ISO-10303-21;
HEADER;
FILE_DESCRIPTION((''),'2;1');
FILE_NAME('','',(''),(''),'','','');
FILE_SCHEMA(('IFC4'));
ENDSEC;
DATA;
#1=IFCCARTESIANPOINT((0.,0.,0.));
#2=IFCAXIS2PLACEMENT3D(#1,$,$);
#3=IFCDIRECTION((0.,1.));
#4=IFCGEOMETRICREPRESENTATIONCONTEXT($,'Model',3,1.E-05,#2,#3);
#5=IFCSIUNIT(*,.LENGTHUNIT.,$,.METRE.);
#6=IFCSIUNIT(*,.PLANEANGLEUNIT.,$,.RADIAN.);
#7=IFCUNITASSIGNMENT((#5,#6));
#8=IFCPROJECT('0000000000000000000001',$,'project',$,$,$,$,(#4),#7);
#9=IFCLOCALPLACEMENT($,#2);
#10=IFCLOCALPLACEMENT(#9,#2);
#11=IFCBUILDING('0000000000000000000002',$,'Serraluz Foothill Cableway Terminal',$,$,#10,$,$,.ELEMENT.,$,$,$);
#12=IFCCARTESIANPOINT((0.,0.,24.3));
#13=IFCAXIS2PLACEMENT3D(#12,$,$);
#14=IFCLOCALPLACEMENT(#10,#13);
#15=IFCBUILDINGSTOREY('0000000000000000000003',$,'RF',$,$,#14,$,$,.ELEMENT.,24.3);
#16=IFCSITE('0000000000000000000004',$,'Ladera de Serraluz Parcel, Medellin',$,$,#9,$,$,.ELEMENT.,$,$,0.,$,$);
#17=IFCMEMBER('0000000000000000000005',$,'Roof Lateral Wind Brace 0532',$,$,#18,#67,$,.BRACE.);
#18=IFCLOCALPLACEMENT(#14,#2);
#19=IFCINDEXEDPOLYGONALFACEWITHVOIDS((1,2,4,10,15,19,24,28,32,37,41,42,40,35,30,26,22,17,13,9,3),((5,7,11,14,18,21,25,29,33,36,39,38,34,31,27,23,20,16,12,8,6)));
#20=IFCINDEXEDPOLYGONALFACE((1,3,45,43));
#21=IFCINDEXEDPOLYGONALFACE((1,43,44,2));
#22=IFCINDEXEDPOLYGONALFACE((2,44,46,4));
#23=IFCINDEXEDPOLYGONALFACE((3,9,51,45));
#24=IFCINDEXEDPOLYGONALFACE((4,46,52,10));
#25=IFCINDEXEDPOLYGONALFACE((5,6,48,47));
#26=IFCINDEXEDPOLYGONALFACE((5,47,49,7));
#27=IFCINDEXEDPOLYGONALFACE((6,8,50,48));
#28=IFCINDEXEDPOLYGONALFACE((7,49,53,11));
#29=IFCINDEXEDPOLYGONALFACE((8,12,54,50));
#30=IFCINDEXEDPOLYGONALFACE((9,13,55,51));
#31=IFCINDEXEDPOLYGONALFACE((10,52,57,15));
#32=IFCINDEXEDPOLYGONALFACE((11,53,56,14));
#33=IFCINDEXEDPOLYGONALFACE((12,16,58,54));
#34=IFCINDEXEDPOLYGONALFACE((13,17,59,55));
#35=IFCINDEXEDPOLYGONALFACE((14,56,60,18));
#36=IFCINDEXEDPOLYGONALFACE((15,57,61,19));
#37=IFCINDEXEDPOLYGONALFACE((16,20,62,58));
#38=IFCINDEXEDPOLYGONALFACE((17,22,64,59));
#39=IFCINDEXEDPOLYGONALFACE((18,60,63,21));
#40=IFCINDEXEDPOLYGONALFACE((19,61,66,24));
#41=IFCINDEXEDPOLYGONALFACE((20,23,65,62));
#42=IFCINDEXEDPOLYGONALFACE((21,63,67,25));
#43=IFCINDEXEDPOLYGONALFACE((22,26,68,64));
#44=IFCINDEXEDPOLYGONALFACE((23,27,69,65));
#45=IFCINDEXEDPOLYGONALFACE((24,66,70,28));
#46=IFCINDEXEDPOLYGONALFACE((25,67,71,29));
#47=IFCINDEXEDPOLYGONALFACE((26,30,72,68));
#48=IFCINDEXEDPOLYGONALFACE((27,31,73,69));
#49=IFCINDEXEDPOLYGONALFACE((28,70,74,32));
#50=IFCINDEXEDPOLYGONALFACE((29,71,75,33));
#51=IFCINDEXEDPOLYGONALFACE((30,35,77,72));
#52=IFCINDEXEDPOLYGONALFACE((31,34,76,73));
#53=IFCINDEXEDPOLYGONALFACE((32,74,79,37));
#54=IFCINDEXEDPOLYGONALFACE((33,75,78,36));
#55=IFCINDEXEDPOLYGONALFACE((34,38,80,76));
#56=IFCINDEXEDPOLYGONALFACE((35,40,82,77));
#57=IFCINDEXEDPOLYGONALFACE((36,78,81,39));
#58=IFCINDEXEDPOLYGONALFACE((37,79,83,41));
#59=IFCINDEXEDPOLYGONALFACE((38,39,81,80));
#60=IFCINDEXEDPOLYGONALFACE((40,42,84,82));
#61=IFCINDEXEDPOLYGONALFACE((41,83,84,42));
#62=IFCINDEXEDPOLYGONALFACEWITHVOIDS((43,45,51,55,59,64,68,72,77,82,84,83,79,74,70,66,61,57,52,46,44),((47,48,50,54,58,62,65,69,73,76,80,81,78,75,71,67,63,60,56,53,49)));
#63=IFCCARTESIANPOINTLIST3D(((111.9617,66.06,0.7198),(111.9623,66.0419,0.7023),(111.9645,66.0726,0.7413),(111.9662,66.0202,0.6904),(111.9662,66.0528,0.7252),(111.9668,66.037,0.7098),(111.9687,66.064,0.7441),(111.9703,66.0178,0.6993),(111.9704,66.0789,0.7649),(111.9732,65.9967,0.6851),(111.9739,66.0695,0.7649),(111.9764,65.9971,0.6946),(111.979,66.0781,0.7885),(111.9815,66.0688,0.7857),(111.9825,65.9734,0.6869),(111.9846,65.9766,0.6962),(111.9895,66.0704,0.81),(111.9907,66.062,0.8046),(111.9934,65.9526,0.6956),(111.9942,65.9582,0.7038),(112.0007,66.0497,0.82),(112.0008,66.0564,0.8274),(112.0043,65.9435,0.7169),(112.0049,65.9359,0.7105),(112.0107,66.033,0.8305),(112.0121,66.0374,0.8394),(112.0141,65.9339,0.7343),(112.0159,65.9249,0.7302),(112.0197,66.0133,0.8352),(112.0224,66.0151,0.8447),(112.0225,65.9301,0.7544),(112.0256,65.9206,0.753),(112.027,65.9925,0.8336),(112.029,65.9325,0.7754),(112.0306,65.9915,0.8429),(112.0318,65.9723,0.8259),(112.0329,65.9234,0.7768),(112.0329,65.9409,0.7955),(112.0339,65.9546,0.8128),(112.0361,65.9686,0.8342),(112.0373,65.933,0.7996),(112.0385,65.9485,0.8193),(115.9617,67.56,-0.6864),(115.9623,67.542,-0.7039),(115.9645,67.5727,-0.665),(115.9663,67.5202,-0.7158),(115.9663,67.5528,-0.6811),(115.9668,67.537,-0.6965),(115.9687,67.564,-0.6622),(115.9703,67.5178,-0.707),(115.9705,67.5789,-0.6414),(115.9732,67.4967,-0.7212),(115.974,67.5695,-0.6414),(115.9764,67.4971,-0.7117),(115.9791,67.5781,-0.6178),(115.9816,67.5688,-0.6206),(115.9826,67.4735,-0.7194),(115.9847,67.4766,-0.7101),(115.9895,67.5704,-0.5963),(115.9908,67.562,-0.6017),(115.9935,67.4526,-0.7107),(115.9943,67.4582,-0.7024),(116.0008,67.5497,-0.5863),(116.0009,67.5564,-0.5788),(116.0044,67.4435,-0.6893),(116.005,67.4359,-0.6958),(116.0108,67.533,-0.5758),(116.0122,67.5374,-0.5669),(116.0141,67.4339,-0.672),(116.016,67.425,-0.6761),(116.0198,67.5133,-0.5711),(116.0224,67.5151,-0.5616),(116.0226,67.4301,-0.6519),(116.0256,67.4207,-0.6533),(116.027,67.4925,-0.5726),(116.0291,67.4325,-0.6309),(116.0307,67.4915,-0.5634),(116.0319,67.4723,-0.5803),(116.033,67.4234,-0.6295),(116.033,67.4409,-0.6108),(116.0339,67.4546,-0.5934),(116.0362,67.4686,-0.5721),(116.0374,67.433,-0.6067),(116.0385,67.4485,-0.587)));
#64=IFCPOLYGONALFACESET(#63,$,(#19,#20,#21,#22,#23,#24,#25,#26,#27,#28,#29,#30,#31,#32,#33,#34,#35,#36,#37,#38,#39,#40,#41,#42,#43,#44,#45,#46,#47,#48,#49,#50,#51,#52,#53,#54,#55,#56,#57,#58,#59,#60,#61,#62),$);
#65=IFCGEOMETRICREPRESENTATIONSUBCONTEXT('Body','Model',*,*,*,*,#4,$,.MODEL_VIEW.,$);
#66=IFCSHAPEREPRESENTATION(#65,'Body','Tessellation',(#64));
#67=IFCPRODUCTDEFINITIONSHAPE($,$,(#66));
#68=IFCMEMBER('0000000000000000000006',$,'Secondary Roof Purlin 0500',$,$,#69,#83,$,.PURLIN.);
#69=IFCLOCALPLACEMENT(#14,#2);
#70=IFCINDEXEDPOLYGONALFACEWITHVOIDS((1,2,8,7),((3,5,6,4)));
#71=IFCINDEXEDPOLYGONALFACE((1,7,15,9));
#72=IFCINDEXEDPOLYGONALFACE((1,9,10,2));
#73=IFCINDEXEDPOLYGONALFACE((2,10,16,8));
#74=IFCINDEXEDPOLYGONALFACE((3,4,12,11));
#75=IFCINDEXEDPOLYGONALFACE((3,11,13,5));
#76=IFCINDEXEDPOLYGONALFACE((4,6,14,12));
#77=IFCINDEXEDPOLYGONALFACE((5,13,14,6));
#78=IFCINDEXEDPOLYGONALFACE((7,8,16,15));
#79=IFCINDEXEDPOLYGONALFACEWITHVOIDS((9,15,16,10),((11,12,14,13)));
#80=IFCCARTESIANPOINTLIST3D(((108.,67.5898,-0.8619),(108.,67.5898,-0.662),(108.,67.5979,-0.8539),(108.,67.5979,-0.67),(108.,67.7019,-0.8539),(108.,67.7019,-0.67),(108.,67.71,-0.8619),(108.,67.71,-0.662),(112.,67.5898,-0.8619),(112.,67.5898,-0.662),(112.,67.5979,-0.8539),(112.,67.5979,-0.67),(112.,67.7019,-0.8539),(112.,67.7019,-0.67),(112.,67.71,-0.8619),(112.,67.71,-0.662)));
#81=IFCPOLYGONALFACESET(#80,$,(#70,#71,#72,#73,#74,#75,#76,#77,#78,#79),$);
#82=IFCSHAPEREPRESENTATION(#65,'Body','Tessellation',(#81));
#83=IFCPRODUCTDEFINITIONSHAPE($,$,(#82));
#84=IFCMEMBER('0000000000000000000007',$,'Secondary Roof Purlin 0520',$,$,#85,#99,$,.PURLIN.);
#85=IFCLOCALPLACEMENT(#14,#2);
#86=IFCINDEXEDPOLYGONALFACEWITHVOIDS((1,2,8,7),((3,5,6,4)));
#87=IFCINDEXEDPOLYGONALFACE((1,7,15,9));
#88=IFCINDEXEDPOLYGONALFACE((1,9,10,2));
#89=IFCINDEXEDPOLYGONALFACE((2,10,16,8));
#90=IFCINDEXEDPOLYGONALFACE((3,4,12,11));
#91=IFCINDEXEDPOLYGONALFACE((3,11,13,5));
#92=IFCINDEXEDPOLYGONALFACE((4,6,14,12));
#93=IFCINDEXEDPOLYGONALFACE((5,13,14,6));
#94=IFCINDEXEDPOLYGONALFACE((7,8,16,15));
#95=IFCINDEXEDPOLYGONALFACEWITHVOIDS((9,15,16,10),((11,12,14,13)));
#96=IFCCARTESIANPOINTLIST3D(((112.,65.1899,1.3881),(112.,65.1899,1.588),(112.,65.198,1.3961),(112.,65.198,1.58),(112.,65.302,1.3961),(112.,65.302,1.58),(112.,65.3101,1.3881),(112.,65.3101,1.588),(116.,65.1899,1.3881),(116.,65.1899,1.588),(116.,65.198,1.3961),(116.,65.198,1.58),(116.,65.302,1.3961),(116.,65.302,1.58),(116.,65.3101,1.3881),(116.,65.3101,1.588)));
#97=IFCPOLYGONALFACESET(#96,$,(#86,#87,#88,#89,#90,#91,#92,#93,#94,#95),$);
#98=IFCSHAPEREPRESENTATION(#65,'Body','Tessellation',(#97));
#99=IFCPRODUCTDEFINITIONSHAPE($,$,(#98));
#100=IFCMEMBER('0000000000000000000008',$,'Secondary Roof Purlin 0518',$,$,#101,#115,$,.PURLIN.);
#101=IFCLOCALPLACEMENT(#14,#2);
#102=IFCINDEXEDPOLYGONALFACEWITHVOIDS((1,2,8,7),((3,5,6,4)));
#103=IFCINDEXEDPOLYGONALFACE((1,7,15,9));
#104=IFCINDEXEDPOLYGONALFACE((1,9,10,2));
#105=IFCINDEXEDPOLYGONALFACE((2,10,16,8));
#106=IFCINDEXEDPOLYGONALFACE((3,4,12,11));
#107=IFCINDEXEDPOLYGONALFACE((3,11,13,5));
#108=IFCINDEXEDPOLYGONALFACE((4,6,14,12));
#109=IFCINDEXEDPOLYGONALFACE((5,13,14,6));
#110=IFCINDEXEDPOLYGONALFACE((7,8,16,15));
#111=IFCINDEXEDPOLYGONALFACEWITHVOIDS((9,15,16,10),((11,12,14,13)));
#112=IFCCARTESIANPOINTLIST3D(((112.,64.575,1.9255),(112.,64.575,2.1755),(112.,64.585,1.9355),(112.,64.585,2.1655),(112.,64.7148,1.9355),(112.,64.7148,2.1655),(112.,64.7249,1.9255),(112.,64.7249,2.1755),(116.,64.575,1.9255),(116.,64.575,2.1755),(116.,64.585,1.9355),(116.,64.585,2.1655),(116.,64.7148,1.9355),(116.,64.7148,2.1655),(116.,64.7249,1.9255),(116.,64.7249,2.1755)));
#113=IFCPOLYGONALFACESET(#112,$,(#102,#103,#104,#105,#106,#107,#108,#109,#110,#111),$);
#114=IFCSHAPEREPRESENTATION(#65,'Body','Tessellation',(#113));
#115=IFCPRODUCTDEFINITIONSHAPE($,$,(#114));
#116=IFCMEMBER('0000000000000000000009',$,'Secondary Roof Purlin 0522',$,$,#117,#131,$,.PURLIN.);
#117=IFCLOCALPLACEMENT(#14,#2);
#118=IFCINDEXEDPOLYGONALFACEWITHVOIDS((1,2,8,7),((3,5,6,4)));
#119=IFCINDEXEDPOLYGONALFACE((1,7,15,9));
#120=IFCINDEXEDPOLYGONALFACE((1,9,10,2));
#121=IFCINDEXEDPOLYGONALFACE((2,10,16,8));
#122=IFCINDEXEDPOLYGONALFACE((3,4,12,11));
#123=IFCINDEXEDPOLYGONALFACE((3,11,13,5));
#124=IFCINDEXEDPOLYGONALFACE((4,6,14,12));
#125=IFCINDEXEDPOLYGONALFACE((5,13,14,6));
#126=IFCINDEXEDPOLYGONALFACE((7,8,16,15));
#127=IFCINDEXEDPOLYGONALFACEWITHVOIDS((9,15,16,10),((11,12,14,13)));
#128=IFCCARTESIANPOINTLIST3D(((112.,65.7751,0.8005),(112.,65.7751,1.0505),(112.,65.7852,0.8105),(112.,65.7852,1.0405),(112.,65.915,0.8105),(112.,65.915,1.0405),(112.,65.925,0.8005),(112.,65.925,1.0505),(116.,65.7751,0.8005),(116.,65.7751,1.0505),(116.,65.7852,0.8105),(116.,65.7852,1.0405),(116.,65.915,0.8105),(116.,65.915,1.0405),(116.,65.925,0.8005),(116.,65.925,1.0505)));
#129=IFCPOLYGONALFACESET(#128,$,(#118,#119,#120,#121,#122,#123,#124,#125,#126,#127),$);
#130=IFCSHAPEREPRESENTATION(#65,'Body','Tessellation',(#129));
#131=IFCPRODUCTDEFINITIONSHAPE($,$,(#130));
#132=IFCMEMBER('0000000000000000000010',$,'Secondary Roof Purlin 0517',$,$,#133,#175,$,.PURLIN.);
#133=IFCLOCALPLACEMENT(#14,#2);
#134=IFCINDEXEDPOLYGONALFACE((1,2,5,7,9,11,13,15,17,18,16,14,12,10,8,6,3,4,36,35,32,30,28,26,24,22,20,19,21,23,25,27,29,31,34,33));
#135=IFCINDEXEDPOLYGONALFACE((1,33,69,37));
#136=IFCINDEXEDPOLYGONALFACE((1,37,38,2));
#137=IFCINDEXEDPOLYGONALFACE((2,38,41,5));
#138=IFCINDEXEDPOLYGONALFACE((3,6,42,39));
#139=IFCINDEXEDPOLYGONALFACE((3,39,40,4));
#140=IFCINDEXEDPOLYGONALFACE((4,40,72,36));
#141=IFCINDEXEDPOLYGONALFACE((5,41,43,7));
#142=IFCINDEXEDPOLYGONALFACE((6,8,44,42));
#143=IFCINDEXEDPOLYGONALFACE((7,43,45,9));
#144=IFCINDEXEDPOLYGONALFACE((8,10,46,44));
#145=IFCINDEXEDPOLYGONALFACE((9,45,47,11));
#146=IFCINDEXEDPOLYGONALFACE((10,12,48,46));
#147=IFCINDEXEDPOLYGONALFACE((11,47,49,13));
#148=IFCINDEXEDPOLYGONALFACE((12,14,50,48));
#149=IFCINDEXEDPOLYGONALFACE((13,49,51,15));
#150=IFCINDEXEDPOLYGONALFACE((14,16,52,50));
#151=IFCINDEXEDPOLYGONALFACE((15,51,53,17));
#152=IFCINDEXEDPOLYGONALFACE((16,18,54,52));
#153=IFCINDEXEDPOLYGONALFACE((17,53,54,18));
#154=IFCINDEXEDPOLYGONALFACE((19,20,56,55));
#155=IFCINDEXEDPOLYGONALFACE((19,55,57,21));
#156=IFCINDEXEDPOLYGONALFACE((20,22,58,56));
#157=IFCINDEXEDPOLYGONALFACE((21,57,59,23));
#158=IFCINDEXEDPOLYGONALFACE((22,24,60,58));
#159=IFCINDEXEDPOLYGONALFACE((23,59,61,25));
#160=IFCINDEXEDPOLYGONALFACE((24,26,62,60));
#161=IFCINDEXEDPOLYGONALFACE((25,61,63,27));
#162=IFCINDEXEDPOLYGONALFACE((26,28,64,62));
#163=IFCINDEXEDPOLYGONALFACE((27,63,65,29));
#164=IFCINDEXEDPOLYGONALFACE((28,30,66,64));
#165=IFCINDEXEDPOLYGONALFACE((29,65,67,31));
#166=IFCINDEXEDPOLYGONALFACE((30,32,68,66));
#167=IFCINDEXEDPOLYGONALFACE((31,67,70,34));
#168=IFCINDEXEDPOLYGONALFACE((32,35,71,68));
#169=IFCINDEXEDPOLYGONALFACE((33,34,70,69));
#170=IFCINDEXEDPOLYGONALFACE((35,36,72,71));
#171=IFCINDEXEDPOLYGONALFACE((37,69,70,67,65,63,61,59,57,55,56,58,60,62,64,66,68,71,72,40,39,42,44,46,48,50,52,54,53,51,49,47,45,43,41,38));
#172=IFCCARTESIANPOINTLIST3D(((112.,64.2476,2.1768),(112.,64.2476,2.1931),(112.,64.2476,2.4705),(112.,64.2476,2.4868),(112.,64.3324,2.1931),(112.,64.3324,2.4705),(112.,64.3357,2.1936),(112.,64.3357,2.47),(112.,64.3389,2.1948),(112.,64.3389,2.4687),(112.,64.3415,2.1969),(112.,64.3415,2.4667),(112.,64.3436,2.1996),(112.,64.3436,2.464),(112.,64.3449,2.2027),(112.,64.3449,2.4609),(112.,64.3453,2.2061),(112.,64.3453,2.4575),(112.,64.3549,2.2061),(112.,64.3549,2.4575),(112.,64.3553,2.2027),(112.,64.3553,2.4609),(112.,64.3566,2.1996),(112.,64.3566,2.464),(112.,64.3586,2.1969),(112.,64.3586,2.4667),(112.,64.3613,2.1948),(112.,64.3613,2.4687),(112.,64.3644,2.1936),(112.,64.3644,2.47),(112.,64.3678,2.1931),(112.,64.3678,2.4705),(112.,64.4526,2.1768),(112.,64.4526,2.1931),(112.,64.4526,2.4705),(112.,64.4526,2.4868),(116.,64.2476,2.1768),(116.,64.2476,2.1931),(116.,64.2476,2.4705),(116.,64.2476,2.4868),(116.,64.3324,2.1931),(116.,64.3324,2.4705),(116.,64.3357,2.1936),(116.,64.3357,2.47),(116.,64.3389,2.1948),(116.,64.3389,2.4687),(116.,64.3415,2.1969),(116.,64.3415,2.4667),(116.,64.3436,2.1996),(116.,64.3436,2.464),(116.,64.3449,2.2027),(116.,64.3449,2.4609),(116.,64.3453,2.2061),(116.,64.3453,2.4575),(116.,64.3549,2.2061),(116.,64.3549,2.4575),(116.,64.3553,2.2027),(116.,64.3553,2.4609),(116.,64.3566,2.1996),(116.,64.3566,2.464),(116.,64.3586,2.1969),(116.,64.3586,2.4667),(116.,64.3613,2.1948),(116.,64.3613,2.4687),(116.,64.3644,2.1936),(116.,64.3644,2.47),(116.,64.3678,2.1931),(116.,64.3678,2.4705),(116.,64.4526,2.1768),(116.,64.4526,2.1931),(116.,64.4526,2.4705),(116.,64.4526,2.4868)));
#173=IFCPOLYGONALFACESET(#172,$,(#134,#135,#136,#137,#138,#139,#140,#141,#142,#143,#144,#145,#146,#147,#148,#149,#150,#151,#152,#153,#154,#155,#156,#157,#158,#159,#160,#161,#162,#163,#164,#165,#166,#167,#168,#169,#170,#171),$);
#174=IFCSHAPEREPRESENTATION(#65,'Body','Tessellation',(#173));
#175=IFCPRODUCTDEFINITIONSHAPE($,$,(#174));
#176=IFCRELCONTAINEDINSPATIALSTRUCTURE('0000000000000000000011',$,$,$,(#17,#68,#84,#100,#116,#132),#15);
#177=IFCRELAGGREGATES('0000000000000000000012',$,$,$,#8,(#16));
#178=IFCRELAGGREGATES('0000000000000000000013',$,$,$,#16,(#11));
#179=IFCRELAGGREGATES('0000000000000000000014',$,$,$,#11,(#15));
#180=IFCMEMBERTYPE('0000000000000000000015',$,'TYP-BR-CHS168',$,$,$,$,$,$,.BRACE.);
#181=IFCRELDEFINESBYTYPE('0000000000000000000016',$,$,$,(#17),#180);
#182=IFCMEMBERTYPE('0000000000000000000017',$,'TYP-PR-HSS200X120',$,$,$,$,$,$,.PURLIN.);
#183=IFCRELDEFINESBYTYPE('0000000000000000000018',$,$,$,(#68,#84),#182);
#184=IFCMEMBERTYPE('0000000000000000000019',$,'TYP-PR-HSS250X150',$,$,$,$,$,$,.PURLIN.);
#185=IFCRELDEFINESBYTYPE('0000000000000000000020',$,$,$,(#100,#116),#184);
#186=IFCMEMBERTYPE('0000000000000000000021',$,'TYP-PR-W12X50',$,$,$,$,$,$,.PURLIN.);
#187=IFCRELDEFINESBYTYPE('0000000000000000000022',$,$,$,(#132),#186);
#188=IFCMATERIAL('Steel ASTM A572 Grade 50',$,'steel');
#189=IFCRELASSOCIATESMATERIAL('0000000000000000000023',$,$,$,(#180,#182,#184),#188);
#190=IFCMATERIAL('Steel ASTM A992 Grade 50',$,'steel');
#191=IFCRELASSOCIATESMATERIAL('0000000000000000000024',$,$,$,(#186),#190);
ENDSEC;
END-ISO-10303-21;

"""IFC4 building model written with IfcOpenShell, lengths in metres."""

from ifc_helpers import new_model, si_unit, direction, frame, origin, origin_2d, place, context, subcontext, project, spatial, hollow_rectangle, hollow_circle, i_section, extrude, material, material_profile, profile_set, type_object, element, save


model = new_model("IFC4")

# Units and contexts
model_context = context("Model", 3, precision=1e-05, world=origin(), true_north=direction((0.0, 1.0)))
body_context = subcontext(model_context, "Body", "Model", "MODEL_VIEW")
ifc_project = project(units=[si_unit("LENGTHUNIT", "METRE"), si_unit("PLANEANGLEUNIT", "RADIAN")], contexts=[model_context])

# Site, building, storey
site_placement = place(None, origin())
site = spatial("IfcSite", under=ifc_project, at=site_placement, Name="Ladera de Serraluz Parcel, Medellin", CompositionType="ELEMENT", RefElevation=0.0)
building_placement = place(site_placement, origin())
building = spatial("IfcBuilding", under=site, at=building_placement, Name="Serraluz Foothill Cableway Terminal", CompositionType="ELEMENT")
storey_placement = place(building_placement, frame((0.0, 0.0, 24.3)))
storey = spatial("IfcBuildingStorey", under=building, at=storey_placement, Name="RF", CompositionType="ELEMENT", Elevation=24.3)

# Members
ifc_material_1 = material(Name="Steel ASTM A572 Grade 50", Category="steel")
ifc_material_profile_1 = material_profile(ifc_material_1, hollow_circle(Radius=0.0842, WallThickness=0.01, at=origin_2d()), Name="CHS168X10")
ifc_profile_set_1 = profile_set([ifc_material_profile_1], Name="Steel ASTM A572 Grade 50")
member_type_1 = type_object("IfcMemberType", Name="TYP-BR-CHS168", PredefinedType="BRACE", material=ifc_profile_set_1)
for number, where, z_axis, x_axis, name in (
    (1, (112.0, 66.0, 0.7649), (0.889382, 0.333518, -0.312673), (-0.351123, 0.936329, 0.0), "Roof Lateral Wind Brace 0532"),
):
    element("IfcMember", number, at=place(storey_placement, frame(where, z_axis=z_axis, x_axis=x_axis)), inside=storey, type_object=member_type_1, Name=name, PredefinedType="BRACE", context=body_context, shape_type="SweptSolid", body=[
        extrude(hollow_circle(Radius=0.0842, WallThickness=0.01, at=origin_2d()), origin(), (0.0, 0.0, 1.0), 4.4976),
    ])
ifc_material_profile_2 = material_profile(ifc_material_1, hollow_rectangle(XDim=0.1201, YDim=0.2, WallThickness=0.0081, at=origin_2d()), Name="HSS200X120X8")
ifc_profile_set_2 = profile_set([ifc_material_profile_2], Name="Steel ASTM A572 Grade 50")
member_type_2 = type_object("IfcMemberType", Name="TYP-PR-HSS200X120", PredefinedType="PURLIN", material=ifc_profile_set_2)
for number, where, z_axis, x_axis, name in (
    (2, (108.0, 67.6499, -0.762), (1.0, 0.0, 0.0), (0.0, 1.0, 0.0), "Secondary Roof Purlin 0500"),
    (3, (112.0, 65.25, 1.488), (1.0, 0.0, 0.0), (0.0, 1.0, 0.0), "Secondary Roof Purlin 0520"),
):
    element("IfcMember", number, at=place(storey_placement, frame(where, z_axis=z_axis, x_axis=x_axis)), inside=storey, type_object=member_type_2, Name=name, PredefinedType="PURLIN", context=body_context, shape_type="SweptSolid", body=[
        extrude(hollow_rectangle(XDim=0.1201, YDim=0.2, WallThickness=0.0081, at=origin_2d()), origin(), (0.0, 0.0, 1.0), 4.0),
    ])
ifc_material_profile_3 = material_profile(ifc_material_1, hollow_rectangle(XDim=0.1499, YDim=0.25, WallThickness=0.01, at=origin_2d()), Name="HSS250X150X10")
ifc_profile_set_3 = profile_set([ifc_material_profile_3], Name="Steel ASTM A572 Grade 50")
member_type_3 = type_object("IfcMemberType", Name="TYP-PR-HSS250X150", PredefinedType="PURLIN", material=ifc_profile_set_3)
for number, where, z_axis, x_axis, name in (
    (4, (112.0, 64.6499, 2.0505), (1.0, 0.0, 0.0), (0.0, 1.0, 0.0), "Secondary Roof Purlin 0518"),
    (5, (112.0, 65.8501, 0.9255), (1.0, 0.0, 0.0), (0.0, 1.0, 0.0), "Secondary Roof Purlin 0522"),
):
    element("IfcMember", number, at=place(storey_placement, frame(where, z_axis=z_axis, x_axis=x_axis)), inside=storey, type_object=member_type_3, Name=name, PredefinedType="PURLIN", context=body_context, shape_type="SweptSolid", body=[
        extrude(hollow_rectangle(XDim=0.1499, YDim=0.25, WallThickness=0.01, at=origin_2d()), origin(), (0.0, 0.0, 1.0), 4.0),
    ])
ifc_material_2 = material(Name="Steel ASTM A992 Grade 50", Category="steel")
ifc_material_profile_4 = material_profile(ifc_material_2, i_section(OverallWidth=0.2051, OverallDepth=0.3101, WebThickness=0.0095, FlangeThickness=0.0164, FilletRadius=0.0129, at=origin_2d()), Name="W12X50")
ifc_profile_set_4 = profile_set([ifc_material_profile_4], Name="Steel ASTM A992 Grade 50")
member_type_4 = type_object("IfcMemberType", Name="TYP-PR-W12X50", PredefinedType="PURLIN", material=ifc_profile_set_4)
for number, where, z_axis, x_axis, name in (
    (6, (112.0, 64.3501, 2.3318), (1.0, 0.0, 0.0), (0.0, 1.0, 0.0), "Secondary Roof Purlin 0517"),
):
    element("IfcMember", number, at=place(storey_placement, frame(where, z_axis=z_axis, x_axis=x_axis)), inside=storey, type_object=member_type_4, Name=name, PredefinedType="PURLIN", context=body_context, shape_type="SweptSolid", body=[
        extrude(i_section(OverallWidth=0.2051, OverallDepth=0.3101, WebThickness=0.0095, FlangeThickness=0.0164, FilletRadius=0.0129, at=origin_2d()), origin(), (0.0, 0.0, 1.0), 4.0),
    ])

save(model, "model.ifc")
